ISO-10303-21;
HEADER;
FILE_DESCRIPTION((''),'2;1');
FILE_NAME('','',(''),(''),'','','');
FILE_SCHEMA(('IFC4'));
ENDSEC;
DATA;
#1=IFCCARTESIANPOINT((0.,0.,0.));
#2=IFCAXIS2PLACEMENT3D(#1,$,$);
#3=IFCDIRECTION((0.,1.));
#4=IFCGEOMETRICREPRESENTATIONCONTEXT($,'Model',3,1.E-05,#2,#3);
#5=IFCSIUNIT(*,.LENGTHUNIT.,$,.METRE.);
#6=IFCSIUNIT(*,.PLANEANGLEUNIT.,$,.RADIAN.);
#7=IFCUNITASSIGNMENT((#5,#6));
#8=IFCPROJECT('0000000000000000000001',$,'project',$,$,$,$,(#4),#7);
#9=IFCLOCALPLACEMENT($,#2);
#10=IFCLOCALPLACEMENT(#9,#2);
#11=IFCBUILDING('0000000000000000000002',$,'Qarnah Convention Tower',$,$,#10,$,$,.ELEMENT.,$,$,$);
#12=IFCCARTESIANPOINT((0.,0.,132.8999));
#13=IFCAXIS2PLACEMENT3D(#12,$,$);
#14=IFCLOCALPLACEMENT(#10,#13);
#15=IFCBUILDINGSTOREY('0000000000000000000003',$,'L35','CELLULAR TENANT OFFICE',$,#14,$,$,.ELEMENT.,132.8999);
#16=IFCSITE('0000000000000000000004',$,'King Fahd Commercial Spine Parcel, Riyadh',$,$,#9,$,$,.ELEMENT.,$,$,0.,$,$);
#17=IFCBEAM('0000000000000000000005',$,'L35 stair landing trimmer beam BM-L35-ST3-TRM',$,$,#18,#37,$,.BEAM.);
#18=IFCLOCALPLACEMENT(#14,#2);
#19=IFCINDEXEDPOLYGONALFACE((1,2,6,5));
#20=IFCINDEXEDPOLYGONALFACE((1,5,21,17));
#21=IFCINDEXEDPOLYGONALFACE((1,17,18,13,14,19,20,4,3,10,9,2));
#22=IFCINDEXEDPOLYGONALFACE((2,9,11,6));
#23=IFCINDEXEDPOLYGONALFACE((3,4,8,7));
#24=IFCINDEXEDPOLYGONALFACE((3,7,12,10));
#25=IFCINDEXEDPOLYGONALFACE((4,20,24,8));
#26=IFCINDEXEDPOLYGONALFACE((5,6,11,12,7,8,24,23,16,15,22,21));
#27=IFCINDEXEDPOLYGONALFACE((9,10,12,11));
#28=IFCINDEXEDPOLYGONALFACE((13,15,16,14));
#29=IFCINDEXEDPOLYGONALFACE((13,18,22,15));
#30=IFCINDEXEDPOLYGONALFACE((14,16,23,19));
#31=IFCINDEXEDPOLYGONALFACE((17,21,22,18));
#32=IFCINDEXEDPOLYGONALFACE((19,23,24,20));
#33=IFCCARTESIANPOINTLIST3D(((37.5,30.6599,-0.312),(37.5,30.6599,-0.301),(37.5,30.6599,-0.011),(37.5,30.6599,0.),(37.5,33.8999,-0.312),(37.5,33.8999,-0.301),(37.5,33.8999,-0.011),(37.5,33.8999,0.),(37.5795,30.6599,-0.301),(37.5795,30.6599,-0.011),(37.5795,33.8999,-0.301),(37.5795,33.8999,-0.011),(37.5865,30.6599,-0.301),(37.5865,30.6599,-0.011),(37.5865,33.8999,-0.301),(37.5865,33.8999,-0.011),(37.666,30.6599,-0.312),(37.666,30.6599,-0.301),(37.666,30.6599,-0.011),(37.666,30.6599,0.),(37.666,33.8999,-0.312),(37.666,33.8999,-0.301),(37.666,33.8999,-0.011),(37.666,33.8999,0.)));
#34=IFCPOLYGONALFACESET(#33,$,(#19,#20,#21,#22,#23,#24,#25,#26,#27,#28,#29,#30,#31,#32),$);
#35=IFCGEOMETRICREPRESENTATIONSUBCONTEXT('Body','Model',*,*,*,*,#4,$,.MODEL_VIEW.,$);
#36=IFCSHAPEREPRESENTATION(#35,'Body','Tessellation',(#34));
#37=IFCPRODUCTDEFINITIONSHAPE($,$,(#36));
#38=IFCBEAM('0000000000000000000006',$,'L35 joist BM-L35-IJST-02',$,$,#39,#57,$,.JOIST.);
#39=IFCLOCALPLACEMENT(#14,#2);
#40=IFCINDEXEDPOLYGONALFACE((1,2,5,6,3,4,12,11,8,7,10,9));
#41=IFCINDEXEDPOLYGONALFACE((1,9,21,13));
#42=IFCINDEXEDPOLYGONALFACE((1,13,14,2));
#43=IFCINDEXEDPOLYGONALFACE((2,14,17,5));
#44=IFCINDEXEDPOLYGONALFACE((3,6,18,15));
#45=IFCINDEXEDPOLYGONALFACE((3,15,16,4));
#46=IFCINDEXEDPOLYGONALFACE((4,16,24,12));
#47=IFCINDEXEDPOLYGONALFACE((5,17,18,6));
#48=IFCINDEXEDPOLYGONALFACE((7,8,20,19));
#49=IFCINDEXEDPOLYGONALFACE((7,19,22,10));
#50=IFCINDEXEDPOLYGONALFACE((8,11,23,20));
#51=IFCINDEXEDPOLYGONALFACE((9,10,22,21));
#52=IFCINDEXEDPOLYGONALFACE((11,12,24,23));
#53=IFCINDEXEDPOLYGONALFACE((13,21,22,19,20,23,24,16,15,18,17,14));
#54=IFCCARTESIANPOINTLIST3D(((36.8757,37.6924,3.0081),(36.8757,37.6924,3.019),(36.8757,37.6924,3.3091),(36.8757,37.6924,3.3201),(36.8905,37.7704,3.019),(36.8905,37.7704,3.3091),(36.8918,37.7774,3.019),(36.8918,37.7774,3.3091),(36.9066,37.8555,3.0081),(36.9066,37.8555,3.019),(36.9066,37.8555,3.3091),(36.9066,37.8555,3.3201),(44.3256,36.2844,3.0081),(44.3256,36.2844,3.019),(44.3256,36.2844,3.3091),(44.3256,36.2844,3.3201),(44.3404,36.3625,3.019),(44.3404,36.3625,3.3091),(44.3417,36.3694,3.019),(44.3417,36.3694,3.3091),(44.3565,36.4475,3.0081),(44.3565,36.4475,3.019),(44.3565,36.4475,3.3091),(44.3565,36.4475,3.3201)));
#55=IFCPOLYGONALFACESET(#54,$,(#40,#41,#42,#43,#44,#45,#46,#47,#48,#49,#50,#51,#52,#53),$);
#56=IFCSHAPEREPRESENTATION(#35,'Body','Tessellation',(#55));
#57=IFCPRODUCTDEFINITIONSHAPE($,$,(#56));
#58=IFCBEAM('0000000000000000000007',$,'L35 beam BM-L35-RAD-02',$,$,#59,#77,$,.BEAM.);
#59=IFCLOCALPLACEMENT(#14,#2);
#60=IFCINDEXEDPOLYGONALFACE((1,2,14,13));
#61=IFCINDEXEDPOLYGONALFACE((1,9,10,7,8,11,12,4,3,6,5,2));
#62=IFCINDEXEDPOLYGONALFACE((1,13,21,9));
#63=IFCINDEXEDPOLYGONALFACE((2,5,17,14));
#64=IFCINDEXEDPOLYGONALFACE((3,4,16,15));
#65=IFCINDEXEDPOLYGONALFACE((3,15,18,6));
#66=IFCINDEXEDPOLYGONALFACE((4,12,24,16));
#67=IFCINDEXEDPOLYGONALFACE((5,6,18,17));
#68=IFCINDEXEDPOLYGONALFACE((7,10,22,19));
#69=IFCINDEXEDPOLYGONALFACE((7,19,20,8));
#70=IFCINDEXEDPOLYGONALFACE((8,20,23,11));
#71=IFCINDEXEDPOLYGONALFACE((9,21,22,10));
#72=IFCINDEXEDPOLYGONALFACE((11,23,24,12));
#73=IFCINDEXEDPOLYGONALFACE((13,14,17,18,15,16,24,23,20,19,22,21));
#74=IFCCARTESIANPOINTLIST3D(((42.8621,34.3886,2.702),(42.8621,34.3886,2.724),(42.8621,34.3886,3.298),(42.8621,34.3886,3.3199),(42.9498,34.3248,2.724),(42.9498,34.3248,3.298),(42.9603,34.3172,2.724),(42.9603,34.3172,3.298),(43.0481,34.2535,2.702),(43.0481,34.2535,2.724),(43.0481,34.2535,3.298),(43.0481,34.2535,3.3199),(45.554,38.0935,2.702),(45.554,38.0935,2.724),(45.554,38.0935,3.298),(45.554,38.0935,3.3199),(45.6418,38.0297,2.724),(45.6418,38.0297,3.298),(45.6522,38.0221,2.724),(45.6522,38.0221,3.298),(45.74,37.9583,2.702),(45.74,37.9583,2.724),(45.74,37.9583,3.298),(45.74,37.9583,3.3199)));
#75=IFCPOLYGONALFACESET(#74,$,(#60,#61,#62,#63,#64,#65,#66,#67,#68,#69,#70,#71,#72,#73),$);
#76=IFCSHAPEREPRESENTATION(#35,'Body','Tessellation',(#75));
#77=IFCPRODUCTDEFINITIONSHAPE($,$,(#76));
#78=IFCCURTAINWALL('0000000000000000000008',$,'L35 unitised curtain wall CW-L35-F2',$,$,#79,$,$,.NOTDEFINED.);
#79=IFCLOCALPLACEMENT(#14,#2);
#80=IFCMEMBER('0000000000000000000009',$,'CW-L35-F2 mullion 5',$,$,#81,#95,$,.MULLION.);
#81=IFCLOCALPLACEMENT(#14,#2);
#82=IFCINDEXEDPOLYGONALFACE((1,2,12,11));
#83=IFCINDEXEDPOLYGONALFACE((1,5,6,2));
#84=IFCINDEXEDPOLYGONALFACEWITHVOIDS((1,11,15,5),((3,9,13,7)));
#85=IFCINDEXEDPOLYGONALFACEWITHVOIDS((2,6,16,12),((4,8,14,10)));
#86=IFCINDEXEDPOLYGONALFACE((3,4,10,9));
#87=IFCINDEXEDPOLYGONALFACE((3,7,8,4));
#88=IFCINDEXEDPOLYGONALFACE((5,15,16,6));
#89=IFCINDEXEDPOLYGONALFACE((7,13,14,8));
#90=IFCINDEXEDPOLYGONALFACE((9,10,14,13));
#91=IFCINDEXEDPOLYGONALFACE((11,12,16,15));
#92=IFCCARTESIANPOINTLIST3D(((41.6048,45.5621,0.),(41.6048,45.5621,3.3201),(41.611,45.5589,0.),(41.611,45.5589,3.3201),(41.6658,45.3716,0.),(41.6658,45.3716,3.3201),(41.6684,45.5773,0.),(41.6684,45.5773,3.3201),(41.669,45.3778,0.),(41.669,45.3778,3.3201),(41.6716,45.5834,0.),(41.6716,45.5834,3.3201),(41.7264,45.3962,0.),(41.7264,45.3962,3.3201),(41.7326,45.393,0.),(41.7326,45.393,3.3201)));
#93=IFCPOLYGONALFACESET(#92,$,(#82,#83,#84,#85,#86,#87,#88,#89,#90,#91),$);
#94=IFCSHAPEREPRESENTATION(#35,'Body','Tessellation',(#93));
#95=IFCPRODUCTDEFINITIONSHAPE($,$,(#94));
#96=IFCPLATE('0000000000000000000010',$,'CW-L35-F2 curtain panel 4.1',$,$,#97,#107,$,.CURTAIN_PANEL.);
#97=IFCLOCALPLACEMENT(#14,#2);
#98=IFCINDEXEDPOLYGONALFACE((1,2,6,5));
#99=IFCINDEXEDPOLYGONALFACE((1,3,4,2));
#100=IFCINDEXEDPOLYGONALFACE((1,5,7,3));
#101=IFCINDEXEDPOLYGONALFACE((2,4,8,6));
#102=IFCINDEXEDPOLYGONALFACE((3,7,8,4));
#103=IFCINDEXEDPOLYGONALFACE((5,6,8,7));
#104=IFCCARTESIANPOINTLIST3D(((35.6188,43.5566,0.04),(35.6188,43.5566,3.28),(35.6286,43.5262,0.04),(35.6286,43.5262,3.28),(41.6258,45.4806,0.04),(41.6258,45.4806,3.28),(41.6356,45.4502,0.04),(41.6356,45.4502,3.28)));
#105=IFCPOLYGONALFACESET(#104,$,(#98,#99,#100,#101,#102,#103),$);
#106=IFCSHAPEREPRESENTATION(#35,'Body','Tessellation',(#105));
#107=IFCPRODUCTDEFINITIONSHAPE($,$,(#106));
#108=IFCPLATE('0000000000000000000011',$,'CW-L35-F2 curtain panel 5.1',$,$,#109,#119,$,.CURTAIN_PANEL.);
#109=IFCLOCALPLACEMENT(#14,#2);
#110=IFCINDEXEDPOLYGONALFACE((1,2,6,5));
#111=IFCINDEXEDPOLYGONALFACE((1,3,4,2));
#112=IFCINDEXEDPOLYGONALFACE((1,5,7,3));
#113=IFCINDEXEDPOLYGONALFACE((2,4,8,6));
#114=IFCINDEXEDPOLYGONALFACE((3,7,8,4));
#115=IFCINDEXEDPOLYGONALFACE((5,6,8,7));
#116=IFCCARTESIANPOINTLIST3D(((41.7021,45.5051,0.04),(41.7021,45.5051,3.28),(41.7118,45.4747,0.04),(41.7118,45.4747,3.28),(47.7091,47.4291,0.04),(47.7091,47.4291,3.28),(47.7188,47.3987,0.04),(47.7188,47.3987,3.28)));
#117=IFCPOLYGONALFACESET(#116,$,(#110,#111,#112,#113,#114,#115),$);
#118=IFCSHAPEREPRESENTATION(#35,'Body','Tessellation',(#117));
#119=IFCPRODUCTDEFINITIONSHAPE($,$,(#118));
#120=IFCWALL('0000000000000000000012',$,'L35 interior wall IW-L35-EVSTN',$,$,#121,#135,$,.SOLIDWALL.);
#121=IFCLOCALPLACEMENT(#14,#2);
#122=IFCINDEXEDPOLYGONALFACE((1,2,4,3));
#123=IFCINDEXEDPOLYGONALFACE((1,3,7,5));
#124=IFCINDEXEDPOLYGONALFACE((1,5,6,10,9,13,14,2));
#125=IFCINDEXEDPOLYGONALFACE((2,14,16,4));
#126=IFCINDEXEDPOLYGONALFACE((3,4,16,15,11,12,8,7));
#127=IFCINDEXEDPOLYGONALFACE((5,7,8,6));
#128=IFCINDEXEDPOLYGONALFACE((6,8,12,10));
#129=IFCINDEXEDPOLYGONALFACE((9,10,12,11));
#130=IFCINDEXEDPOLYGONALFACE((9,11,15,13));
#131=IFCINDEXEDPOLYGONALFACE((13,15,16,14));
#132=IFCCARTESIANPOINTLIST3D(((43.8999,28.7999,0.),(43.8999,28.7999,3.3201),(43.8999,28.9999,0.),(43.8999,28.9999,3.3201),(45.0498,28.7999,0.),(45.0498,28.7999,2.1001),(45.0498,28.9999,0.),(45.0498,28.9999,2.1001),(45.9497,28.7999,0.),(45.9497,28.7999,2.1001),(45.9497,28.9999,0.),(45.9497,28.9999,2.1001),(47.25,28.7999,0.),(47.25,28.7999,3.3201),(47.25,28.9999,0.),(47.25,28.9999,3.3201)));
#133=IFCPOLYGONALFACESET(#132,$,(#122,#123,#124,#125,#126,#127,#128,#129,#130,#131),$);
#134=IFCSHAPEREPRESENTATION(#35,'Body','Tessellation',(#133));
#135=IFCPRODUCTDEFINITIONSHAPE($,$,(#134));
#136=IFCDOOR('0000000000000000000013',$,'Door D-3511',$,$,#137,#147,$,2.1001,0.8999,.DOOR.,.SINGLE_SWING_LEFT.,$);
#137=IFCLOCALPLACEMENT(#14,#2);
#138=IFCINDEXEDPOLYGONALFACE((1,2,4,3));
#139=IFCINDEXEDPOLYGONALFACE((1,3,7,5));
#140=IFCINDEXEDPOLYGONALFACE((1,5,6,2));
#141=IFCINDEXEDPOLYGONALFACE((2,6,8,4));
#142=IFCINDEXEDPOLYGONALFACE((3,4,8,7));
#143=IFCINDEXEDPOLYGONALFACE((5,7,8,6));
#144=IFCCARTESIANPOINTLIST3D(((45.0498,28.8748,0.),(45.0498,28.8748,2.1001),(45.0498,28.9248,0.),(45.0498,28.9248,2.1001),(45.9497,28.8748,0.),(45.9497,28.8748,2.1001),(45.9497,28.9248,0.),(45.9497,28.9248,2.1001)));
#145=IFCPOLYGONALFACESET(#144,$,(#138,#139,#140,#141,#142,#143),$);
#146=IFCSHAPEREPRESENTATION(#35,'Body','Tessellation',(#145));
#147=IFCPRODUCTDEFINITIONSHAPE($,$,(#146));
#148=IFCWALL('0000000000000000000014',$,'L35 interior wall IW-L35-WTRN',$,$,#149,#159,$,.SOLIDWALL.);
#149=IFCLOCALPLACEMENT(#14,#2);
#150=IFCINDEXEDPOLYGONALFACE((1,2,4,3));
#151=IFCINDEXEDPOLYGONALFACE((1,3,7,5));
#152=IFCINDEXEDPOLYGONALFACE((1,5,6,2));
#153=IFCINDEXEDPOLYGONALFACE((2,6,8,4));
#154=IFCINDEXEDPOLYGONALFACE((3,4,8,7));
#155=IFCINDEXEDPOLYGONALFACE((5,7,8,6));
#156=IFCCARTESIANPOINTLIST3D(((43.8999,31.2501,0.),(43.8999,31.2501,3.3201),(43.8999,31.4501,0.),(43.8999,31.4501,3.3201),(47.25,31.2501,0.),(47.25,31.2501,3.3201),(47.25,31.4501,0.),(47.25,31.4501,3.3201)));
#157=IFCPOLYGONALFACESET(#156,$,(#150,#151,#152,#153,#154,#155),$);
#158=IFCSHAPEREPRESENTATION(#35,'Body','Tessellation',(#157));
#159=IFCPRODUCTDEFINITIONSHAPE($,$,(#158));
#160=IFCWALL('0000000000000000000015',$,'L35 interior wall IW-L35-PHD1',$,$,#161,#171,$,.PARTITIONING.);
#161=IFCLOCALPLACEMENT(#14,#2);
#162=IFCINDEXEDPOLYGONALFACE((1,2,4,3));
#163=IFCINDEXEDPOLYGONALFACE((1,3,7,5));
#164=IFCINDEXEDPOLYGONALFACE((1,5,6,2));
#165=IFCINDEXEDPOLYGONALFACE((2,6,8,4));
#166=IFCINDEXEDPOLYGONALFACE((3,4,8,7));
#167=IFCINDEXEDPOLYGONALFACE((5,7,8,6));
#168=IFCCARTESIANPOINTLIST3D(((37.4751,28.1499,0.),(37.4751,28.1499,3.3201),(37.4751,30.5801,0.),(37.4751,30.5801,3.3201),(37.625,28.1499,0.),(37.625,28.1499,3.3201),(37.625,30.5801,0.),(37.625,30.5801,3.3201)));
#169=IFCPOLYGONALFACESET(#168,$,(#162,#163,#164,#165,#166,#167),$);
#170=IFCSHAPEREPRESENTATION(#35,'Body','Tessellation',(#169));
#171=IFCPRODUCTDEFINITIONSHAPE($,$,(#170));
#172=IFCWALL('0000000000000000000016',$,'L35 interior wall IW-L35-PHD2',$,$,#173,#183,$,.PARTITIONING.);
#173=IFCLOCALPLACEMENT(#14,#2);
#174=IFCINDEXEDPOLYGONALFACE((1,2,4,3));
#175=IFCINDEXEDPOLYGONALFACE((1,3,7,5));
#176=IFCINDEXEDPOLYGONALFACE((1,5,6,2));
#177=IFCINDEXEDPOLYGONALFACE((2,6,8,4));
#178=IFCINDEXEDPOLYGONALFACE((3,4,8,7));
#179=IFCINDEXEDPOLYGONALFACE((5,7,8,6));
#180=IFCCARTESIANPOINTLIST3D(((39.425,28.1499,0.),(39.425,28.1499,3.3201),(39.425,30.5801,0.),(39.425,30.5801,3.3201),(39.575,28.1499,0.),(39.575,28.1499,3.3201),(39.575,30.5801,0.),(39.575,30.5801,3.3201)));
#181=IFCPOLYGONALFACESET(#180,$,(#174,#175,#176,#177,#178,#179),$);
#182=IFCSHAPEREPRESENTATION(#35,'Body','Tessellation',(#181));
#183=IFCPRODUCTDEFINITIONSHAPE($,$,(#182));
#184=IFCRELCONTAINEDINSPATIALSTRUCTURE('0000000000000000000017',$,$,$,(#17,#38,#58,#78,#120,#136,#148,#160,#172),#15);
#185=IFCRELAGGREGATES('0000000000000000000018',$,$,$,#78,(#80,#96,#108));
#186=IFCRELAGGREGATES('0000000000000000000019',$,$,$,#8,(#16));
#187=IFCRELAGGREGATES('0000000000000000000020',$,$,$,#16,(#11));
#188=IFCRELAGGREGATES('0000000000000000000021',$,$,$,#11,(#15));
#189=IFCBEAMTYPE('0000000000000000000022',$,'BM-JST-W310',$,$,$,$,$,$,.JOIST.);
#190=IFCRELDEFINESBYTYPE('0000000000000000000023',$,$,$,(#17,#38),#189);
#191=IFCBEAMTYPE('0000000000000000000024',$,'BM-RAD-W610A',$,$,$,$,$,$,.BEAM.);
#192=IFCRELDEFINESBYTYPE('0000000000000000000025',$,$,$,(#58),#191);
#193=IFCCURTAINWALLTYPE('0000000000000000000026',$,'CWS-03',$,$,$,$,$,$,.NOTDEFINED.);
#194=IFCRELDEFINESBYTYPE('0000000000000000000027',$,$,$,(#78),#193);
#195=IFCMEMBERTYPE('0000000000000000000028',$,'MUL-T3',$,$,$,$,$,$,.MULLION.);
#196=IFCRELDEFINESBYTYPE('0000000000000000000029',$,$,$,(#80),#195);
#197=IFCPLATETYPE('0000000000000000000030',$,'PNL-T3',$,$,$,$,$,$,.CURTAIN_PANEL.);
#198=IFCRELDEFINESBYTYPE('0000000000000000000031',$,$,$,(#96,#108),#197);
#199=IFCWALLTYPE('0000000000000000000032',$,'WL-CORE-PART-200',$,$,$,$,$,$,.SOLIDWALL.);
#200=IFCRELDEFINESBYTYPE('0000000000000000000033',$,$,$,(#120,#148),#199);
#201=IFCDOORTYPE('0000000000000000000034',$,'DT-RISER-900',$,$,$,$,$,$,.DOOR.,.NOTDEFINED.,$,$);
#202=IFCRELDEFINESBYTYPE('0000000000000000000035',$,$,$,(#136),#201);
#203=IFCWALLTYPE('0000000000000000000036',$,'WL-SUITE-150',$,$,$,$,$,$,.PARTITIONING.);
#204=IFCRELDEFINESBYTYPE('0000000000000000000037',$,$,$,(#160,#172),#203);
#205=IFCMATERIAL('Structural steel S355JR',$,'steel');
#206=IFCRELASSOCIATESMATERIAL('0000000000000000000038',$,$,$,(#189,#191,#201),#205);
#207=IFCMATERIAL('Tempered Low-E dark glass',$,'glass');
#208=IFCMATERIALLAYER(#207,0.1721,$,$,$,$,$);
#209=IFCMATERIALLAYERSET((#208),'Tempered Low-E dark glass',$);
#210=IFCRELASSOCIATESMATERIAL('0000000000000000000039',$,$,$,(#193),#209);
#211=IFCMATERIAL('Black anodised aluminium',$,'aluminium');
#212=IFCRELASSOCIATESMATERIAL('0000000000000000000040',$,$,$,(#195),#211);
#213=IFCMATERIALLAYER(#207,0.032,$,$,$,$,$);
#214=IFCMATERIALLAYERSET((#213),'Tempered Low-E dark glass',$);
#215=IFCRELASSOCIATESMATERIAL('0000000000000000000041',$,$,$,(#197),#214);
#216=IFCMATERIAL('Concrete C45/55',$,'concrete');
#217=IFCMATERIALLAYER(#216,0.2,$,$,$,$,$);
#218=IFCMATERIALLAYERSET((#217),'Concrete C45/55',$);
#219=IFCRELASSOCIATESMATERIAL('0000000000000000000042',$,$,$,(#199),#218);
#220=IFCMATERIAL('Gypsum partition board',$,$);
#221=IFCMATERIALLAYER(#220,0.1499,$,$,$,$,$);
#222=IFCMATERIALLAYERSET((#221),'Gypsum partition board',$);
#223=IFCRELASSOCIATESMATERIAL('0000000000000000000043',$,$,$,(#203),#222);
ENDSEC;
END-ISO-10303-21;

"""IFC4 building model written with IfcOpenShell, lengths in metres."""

from ifc_helpers import new_model, si_unit, direction, frame, frame_2d, origin, origin_2d, place, context, subcontext, project, spatial, rectangle, hollow_rectangle, i_section, extrude, material, layer, layer_set, material_profile, profile_set, type_object, element, fill, aggregate, save


model = new_model("IFC4")

# Units and contexts
model_context = context("Model", 3, precision=1e-05, world=origin(), true_north=direction((0.0, 1.0)))
body_context = subcontext(model_context, "Body", "Model", "MODEL_VIEW")
ifc_project = project(units=[si_unit("LENGTHUNIT", "METRE"), si_unit("PLANEANGLEUNIT", "RADIAN")], contexts=[model_context])

# Site, building, storey
site_placement = place(None, origin())
site = spatial("IfcSite", under=ifc_project, at=site_placement, Name="King Fahd Commercial Spine Parcel, Riyadh", CompositionType="ELEMENT", RefElevation=0.0)
building_placement = place(site_placement, origin())
building = spatial("IfcBuilding", under=site, at=building_placement, Name="Qarnah Convention Tower", CompositionType="ELEMENT")
storey_placement = place(building_placement, frame((0.0, 0.0, 132.8999)))
storey = spatial("IfcBuildingStorey", under=building, at=storey_placement, Name="L35", Description="CELLULAR TENANT OFFICE", CompositionType="ELEMENT", Elevation=132.8999)

# Beams
ifc_material_1 = material(Name="Structural steel S355JR", Category="steel")
ifc_material_profile_1 = material_profile(ifc_material_1, i_section(OverallWidth=0.166, OverallDepth=0.312, WebThickness=0.0071, FlangeThickness=0.011, at=origin_2d()), Name="W310X45")
ifc_profile_set_1 = profile_set([ifc_material_profile_1], Name="Structural steel S355JR")
beam_type_1 = type_object("IfcBeamType", Name="BM-JST-W310", PredefinedType="JOIST", material=ifc_profile_set_1)
beam_1_placement = place(storey_placement, frame((37.583, 30.6599, -0.156), z_axis=(0.0, 1.0, 0.0), x_axis=(-1.0, 0.0, 0.0)))
element("IfcBeam", 1, at=beam_1_placement, inside=storey, type_object=beam_type_1, Name="L35 stair landing trimmer beam BM-L35-ST3-TRM", PredefinedType="BEAM", context=body_context, shape_type="SweptSolid", body=[
    extrude(i_section(OverallWidth=0.166, OverallDepth=0.312, WebThickness=0.0071, FlangeThickness=0.011, at=origin_2d()), origin(), (0.0, 0.0, 1.0), 3.24),
])
beam_2_placement = place(storey_placement, frame((44.3411, 36.366, 3.1641), z_axis=(-0.982606, 0.185702, 0.0), x_axis=(-0.185702, -0.982606, 0.0)))
element("IfcBeam", 2, at=beam_2_placement, inside=storey, type_object=beam_type_1, Name="L35 joist BM-L35-IJST-02", PredefinedType="JOIST", context=body_context, shape_type="SweptSolid", body=[
    extrude(i_section(OverallWidth=0.166, OverallDepth=0.312, WebThickness=0.0071, FlangeThickness=0.011, at=origin_2d()), origin(), (0.0, 0.0, 1.0), 7.5818),
])
ifc_material_profile_2 = material_profile(ifc_material_1, i_section(OverallWidth=0.23, OverallDepth=0.6179, WebThickness=0.0129, FlangeThickness=0.022, at=origin_2d()), Name="W610X140")
ifc_profile_set_2 = profile_set([ifc_material_profile_2], Name="Structural steel S355JR")
beam_type_2 = type_object("IfcBeamType", Name="BM-RAD-W610A", PredefinedType="BEAM", material=ifc_profile_set_2)
beam_3_placement = place(storey_placement, frame((42.9551, 34.321, 3.011), z_axis=(0.58781, 0.808999, 0.0), x_axis=(-0.808999, 0.58781, 0.0)))
element("IfcBeam", 3, at=beam_3_placement, inside=storey, type_object=beam_type_2, Name="L35 beam BM-L35-RAD-02", PredefinedType="BEAM", context=body_context, shape_type="SweptSolid", body=[
    extrude(i_section(OverallWidth=0.23, OverallDepth=0.6179, WebThickness=0.0129, FlangeThickness=0.022, at=origin_2d()), origin(), (0.0, 0.0, 1.0), 4.5796),
])

# Curtain wall, member, plates
ifc_material_2 = material(Name="Tempered Low-E dark glass", Category="glass")
ifc_layer_1 = layer(ifc_material_2, 0.1721)
ifc_layer_set_1 = layer_set([ifc_layer_1], Name="Tempered Low-E dark glass")
curtain_wall_type = type_object("IfcCurtainWallType", Name="CWS-03", PredefinedType="NOTDEFINED", material=ifc_layer_set_1)
curtain_wall_placement = place(storey_placement, origin())
curtain_wall = element("IfcCurtainWall", 4, at=curtain_wall_placement, inside=storey, type_object=curtain_wall_type, Name="L35 unitised curtain wall CW-L35-F2", PredefinedType="NOTDEFINED")
ifc_material_3 = material(Name="Black anodised aluminium", Category="aluminium")
ifc_material_profile_3 = material_profile(ifc_material_3, hollow_rectangle(XDim=0.0701, YDim=0.2, WallThickness=0.0049, at=origin_2d()), Name="MUL-70X200")
ifc_profile_set_3 = profile_set([ifc_material_profile_3], Name="Black anodised aluminium")
member_type = type_object("IfcMemberType", Name="MUL-T3", PredefinedType="MULLION", material=ifc_profile_set_3)
member_placement = place(storey_placement, frame((41.6687, 45.4775, 0.0), z_axis=(0.0, 0.0, 1.0), x_axis=(0.952343, 0.305028, 0.0)))
member = element("IfcMember", 5, at=member_placement, type_object=member_type, Name="CW-L35-F2 mullion 5", PredefinedType="MULLION", context=body_context, shape_type="SweptSolid", body=[
    extrude(hollow_rectangle(XDim=0.0701, YDim=0.2, WallThickness=0.0049, at=origin_2d()), origin(), (0.0, 0.0, 1.0), 3.3201),
])
ifc_layer_2 = layer(ifc_material_2, 0.032)
ifc_layer_set_2 = layer_set([ifc_layer_2], Name="Tempered Low-E dark glass")
plate_type = type_object("IfcPlateType", Name="PNL-T3", PredefinedType="CURTAIN_PANEL", material=ifc_layer_set_2)
plate_1_placement = place(storey_placement, frame((38.6272, 44.5034, 0.04), z_axis=(0.0, 0.0, 1.0), x_axis=(0.952343, 0.305028, 0.0)))
plate_1 = element("IfcPlate", 6, at=plate_1_placement, type_object=plate_type, Name="CW-L35-F2 curtain panel 4.1", PredefinedType="CURTAIN_PANEL", context=body_context, shape_type="SweptSolid", body=[
    extrude(rectangle(XDim=6.3076, YDim=0.032, at=origin_2d()), origin(), (0.0, 0.0, 1.0), 3.24),
])
plate_2_placement = place(storey_placement, frame((44.7104, 46.4519, 0.04), z_axis=(0.0, 0.0, 1.0), x_axis=(0.952343, 0.305028, 0.0)))
plate_2 = element("IfcPlate", 7, at=plate_2_placement, type_object=plate_type, Name="CW-L35-F2 curtain panel 5.1", PredefinedType="CURTAIN_PANEL", context=body_context, shape_type="SweptSolid", body=[
    extrude(rectangle(XDim=6.3076, YDim=0.032, at=origin_2d()), origin(), (0.0, 0.0, 1.0), 3.24),
])
aggregate(curtain_wall, [member, plate_1, plate_2])

# Wall, opening, door
ifc_material_4 = material(Name="Concrete C45/55", Category="concrete")
ifc_layer_3 = layer(ifc_material_4, 0.2)
ifc_layer_set_3 = layer_set([ifc_layer_3], Name="Concrete C45/55")
wall_type_1 = type_object("IfcWallType", Name="WL-CORE-PART-200", PredefinedType="SOLIDWALL", material=ifc_layer_set_3)
wall_1_placement = place(storey_placement, frame((43.8999, 28.8999, 0.0), z_axis=(0.0, 0.0, 1.0), x_axis=(1.0, 0.0, 0.0)))
wall_1 = element("IfcWall", 8, at=wall_1_placement, inside=storey, type_object=wall_type_1, Name="L35 interior wall IW-L35-EVSTN", PredefinedType="SOLIDWALL", context=body_context, shape_type="SweptSolid", body=[
    extrude(rectangle(XDim=3.3501, YDim=0.2, at=frame_2d((1.675, 0.0))), origin(), (0.0, 0.0, 1.0), 3.3201),
])
opening_1_placement = place(wall_1_placement, frame((1.1499, 0.0, 0.0)))
opening_1 = element("IfcOpeningElement", 9, at=opening_1_placement, cuts=wall_1, PredefinedType="OPENING", context=body_context, shape_type="SweptSolid", body=[
    extrude(rectangle(XDim=0.8999, YDim=2.1001, at=frame_2d((0.45, 1.05))), frame((0.0, 0.1099, 0.0), z_axis=(0.0, -1.0, 0.0), x_axis=(1.0, 0.0, 0.0)), (0.0, 0.0, 1.0), 0.22),
])
door_type_1 = type_object("IfcDoorType", Name="DT-RISER-900", OperationType="NOTDEFINED", PredefinedType="DOOR", material=ifc_material_1)
door_1_placement = place(opening_1_placement, origin())
door_1 = element("IfcDoor", 10, at=door_1_placement, inside=storey, type_object=door_type_1, Name="Door D-3511", OperationType="SINGLE_SWING_LEFT", OverallHeight=2.1001, OverallWidth=0.8999, PredefinedType="DOOR", context=body_context, shape_type="SweptSolid", body=[
    extrude(rectangle(XDim=0.8999, YDim=2.1001, at=frame_2d((0.45, 1.05))), frame((0.0, 0.0249, 0.0), z_axis=(0.0, -1.0, 0.0), x_axis=(1.0, 0.0, 0.0)), (0.0, 0.0, 1.0), 0.05),
])
fill(opening_1, door_1)

# Walls
wall_2_placement = place(storey_placement, frame((43.8999, 31.3501, 0.0), z_axis=(0.0, 0.0, 1.0), x_axis=(1.0, 0.0, 0.0)))
element("IfcWall", 11, at=wall_2_placement, inside=storey, type_object=wall_type_1, Name="L35 interior wall IW-L35-WTRN", PredefinedType="SOLIDWALL", context=body_context, shape_type="SweptSolid", body=[
    extrude(rectangle(XDim=3.3501, YDim=0.2, at=frame_2d((1.675, 0.0))), origin(), (0.0, 0.0, 1.0), 3.3201),
])
ifc_material_5 = material(Name="Gypsum partition board")
ifc_layer_4 = layer(ifc_material_5, 0.1499)
ifc_layer_set_4 = layer_set([ifc_layer_4], Name="Gypsum partition board")
wall_type_2 = type_object("IfcWallType", Name="WL-SUITE-150", PredefinedType="PARTITIONING", material=ifc_layer_set_4)
for number, where, z_axis, x_axis, name in (
    (12, (37.55, 28.1499, 0.0), (0.0, 0.0, 1.0), (0.0, 1.0, 0.0), "L35 interior wall IW-L35-PHD1"),
    (13, (39.5, 28.1499, 0.0), (0.0, 0.0, 1.0), (0.0, 1.0, 0.0), "L35 interior wall IW-L35-PHD2"),
):
    element("IfcWall", number, at=place(storey_placement, frame(where, z_axis=z_axis, x_axis=x_axis)), inside=storey, type_object=wall_type_2, Name=name, PredefinedType="PARTITIONING", context=body_context, shape_type="SweptSolid", body=[
        extrude(rectangle(XDim=2.4302, YDim=0.1499, at=frame_2d((1.2151, 0.0))), origin(), (0.0, 0.0, 1.0), 3.3201),
    ])

save(model, "model.ifc")
